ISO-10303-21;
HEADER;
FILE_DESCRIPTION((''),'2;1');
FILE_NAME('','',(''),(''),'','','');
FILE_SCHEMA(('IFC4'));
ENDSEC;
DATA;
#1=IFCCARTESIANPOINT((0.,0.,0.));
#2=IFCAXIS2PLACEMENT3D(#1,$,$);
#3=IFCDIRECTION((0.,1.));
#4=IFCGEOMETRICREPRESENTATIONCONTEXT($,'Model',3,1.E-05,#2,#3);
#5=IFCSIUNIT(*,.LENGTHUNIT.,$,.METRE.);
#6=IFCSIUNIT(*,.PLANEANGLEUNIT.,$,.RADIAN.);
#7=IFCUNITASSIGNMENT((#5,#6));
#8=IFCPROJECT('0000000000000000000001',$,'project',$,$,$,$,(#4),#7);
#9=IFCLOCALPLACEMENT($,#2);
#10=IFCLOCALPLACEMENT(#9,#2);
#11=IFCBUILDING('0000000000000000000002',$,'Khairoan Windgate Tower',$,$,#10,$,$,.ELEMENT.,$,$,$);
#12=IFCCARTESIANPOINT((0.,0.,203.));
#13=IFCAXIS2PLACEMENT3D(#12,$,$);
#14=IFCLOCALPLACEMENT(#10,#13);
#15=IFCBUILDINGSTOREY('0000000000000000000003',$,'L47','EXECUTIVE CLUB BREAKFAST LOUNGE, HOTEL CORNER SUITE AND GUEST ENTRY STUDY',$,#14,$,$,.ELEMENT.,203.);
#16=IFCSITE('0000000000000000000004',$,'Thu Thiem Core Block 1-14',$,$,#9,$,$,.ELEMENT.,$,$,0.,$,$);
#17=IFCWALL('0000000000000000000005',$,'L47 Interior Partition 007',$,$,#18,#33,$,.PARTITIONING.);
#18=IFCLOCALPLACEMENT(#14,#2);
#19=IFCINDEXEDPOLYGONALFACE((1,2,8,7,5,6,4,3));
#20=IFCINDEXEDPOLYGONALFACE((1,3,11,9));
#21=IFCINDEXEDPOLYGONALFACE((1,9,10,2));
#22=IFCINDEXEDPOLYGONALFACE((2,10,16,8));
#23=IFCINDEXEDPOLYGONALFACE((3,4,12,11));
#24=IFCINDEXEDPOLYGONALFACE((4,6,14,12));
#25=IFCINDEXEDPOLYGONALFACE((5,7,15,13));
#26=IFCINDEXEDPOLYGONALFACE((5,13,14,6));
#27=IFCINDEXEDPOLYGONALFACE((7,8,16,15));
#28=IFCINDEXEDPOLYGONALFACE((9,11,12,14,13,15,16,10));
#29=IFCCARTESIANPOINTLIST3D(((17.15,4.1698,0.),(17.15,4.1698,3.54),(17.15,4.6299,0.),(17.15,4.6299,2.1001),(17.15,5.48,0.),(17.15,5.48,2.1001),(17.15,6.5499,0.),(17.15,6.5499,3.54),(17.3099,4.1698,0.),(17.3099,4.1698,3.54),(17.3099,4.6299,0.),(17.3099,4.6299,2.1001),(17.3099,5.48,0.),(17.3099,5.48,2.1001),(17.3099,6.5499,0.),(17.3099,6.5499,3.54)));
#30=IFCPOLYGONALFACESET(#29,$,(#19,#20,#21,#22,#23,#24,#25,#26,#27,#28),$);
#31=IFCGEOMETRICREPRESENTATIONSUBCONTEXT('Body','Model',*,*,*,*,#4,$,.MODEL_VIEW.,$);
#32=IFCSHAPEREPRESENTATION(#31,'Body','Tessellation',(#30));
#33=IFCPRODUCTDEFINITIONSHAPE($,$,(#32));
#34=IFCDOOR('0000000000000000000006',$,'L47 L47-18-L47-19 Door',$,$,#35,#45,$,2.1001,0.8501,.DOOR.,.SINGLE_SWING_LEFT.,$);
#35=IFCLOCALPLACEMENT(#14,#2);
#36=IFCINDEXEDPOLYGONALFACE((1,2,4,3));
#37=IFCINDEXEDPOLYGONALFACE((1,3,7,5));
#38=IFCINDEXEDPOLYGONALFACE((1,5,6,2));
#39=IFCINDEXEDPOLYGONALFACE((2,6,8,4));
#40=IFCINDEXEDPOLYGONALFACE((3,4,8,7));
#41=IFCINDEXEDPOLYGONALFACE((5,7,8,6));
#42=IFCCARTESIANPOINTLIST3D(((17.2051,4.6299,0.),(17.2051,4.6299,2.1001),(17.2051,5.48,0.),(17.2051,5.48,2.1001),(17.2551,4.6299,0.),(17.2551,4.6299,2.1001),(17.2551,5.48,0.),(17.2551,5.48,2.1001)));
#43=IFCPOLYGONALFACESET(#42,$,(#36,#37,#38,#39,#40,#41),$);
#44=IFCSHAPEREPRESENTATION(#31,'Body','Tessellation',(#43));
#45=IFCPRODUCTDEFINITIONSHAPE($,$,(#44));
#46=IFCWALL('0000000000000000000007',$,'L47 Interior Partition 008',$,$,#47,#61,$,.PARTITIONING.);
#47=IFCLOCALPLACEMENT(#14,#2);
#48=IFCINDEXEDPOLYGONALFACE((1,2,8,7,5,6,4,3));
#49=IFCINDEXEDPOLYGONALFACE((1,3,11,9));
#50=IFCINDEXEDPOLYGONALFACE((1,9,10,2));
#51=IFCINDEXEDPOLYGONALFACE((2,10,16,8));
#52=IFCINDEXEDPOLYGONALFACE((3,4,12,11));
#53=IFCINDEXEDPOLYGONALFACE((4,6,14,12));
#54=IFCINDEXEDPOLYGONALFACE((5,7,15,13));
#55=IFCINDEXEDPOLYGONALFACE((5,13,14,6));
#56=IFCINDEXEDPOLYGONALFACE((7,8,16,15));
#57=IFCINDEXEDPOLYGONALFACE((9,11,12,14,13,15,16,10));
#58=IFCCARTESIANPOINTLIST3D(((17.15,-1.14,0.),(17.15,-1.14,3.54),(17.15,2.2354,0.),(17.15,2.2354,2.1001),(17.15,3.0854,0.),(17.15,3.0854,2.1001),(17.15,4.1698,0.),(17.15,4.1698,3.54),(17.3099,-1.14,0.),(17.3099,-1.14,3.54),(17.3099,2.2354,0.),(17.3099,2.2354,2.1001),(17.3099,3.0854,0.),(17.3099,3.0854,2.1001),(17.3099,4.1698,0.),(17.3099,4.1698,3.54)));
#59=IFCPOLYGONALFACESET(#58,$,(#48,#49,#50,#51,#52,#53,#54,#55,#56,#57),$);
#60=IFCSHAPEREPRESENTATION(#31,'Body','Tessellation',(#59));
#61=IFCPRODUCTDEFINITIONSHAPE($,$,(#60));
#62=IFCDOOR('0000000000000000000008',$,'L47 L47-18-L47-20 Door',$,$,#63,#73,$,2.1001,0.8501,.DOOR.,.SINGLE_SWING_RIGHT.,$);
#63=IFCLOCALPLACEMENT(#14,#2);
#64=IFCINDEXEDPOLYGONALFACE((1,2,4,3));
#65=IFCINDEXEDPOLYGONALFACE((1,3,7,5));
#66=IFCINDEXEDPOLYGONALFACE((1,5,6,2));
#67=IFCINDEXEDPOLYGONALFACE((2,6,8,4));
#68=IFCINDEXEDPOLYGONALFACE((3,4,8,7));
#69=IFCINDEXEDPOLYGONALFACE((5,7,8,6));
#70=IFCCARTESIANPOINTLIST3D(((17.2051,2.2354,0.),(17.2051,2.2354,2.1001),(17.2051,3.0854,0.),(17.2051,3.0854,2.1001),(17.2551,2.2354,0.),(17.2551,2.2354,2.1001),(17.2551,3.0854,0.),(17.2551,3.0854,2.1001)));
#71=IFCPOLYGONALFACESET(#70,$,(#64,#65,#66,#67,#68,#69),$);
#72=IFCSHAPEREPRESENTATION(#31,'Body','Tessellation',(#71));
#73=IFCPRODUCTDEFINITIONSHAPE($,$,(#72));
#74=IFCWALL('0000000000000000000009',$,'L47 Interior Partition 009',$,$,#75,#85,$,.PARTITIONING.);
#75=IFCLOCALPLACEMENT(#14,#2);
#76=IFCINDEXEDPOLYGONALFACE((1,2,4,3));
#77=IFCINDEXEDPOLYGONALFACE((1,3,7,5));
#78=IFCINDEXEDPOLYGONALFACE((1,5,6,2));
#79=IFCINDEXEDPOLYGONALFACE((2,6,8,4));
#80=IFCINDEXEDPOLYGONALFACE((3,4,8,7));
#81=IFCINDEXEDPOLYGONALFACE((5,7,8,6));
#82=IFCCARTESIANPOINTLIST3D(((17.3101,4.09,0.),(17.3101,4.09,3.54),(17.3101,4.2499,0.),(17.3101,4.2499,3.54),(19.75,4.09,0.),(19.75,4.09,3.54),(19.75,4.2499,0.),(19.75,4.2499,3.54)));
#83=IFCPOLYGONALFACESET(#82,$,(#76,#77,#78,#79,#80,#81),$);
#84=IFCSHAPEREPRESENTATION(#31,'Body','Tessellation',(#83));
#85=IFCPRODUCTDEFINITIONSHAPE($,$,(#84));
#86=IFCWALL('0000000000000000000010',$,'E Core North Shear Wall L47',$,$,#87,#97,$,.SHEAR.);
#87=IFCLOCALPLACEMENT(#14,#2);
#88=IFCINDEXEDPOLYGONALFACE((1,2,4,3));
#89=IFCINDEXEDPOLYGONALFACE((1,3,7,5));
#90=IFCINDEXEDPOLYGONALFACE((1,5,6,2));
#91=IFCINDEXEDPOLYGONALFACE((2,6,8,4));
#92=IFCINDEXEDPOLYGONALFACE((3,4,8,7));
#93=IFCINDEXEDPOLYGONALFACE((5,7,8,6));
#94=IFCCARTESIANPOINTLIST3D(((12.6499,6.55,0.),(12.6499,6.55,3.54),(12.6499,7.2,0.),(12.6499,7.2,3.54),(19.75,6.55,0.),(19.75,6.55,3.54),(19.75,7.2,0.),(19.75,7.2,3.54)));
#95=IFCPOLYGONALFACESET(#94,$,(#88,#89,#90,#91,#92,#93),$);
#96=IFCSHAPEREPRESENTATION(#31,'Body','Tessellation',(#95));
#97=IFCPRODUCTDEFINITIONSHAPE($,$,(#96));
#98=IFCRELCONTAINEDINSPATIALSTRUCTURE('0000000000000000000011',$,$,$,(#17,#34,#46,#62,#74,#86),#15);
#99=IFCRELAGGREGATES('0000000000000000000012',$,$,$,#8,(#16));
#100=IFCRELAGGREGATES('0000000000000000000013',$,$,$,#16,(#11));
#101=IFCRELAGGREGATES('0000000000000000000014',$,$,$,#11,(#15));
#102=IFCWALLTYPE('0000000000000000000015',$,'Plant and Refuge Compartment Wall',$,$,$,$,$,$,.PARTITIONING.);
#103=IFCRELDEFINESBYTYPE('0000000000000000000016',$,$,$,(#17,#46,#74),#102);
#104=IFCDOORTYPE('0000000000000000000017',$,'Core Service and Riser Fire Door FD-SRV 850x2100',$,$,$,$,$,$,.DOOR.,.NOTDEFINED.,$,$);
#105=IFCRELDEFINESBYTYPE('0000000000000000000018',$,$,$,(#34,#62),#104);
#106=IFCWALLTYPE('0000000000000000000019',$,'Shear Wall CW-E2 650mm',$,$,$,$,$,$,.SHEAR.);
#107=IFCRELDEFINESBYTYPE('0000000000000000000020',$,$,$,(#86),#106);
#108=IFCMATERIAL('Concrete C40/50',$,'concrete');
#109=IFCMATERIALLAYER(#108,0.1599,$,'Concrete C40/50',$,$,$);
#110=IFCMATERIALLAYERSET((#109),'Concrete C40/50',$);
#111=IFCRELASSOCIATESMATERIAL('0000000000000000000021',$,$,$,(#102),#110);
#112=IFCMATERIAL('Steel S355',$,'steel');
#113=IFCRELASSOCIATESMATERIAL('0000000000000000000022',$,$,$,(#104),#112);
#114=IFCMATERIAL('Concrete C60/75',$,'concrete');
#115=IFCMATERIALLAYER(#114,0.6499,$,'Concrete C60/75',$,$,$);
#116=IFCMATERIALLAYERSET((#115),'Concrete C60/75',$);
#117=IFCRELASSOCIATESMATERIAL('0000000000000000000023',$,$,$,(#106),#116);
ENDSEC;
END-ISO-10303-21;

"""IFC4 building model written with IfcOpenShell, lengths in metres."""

from ifc_helpers import new_model, si_unit, direction, frame, frame_2d, origin, place, context, subcontext, project, spatial, rectangle, extrude, material, layer, layer_set, type_object, element, fill, save


model = new_model("IFC4")

# Units and contexts
model_context = context("Model", 3, precision=1e-05, world=origin(), true_north=direction((0.0, 1.0)))
body_context = subcontext(model_context, "Body", "Model", "MODEL_VIEW")
ifc_project = project(units=[si_unit("LENGTHUNIT", "METRE"), si_unit("PLANEANGLEUNIT", "RADIAN")], contexts=[model_context])

# Site, building, storey
site_placement = place(None, origin())
site = spatial("IfcSite", under=ifc_project, at=site_placement, Name="Thu Thiem Core Block 1-14", CompositionType="ELEMENT", RefElevation=0.0)
building_placement = place(site_placement, origin())
building = spatial("IfcBuilding", under=site, at=building_placement, Name="Khairoan Windgate Tower", CompositionType="ELEMENT")
storey_placement = place(building_placement, frame((0.0, 0.0, 203.0)))
storey = spatial("IfcBuildingStorey", under=building, at=storey_placement, Name="L47", Description="EXECUTIVE CLUB BREAKFAST LOUNGE, HOTEL CORNER SUITE AND GUEST ENTRY STUDY", CompositionType="ELEMENT", Elevation=203.0)

# Walls, openings, doors
ifc_material_1 = material(Name="Concrete C40/50", Category="concrete")
ifc_layer_1 = layer(ifc_material_1, 0.1599, Name="Concrete C40/50")
ifc_layer_set_1 = layer_set([ifc_layer_1], Name="Concrete C40/50")
wall_type_1 = type_object("IfcWallType", Name="Plant and Refuge Compartment Wall", PredefinedType="PARTITIONING", material=ifc_layer_set_1)
wall_1_placement = place(storey_placement, frame((17.23, 4.1699, 0.0), z_axis=(0.0, 0.0, 1.0), x_axis=(0.0, 1.0, 0.0)))
wall_1 = element("IfcWall", 1, at=wall_1_placement, inside=storey, type_object=wall_type_1, Name="L47 Interior Partition 007", PredefinedType="PARTITIONING", context=body_context, shape_type="SweptSolid", body=[
    extrude(rectangle(XDim=2.3801, YDim=0.1599, at=frame_2d((1.1899, 0.0))), origin(), (0.0, 0.0, 1.0), 3.54),
])
opening_1_placement = place(wall_1_placement, frame((0.46, 0.0, 0.0)))
opening_1 = element("IfcOpeningElement", 2, at=opening_1_placement, cuts=wall_1, PredefinedType="OPENING", context=body_context, shape_type="SweptSolid", body=[
    extrude(rectangle(XDim=0.8501, YDim=2.1001, at=frame_2d((0.425, 1.05))), frame((0.0, 0.0898, 0.0), z_axis=(0.0, -1.0, 0.0), x_axis=(1.0, 0.0, 0.0)), (0.0, 0.0, 1.0), 0.1799),
])
ifc_material_2 = material(Name="Steel S355", Category="steel")
door_type = type_object("IfcDoorType", Name="Core Service and Riser Fire Door FD-SRV 850x2100", OperationType="NOTDEFINED", PredefinedType="DOOR", material=ifc_material_2)
door_1_placement = place(opening_1_placement, origin())
door_1 = element("IfcDoor", 3, at=door_1_placement, inside=storey, type_object=door_type, Name="L47 L47-18-L47-19 Door", OperationType="SINGLE_SWING_LEFT", OverallHeight=2.1001, OverallWidth=0.8501, PredefinedType="DOOR", context=body_context, shape_type="SweptSolid", body=[
    extrude(rectangle(XDim=0.8501, YDim=2.1001, at=frame_2d((0.425, 1.05))), frame((0.0, 0.0249, 0.0), z_axis=(0.0, -1.0, 0.0), x_axis=(1.0, 0.0, 0.0)), (0.0, 0.0, 1.0), 0.05),
])
fill(opening_1, door_1)
wall_2_placement = place(storey_placement, frame((17.23, -1.1399, 0.0), z_axis=(0.0, 0.0, 1.0), x_axis=(0.0, 1.0, 0.0)))
wall_2 = element("IfcWall", 4, at=wall_2_placement, inside=storey, type_object=wall_type_1, Name="L47 Interior Partition 008", PredefinedType="PARTITIONING", context=body_context, shape_type="SweptSolid", body=[
    extrude(rectangle(XDim=5.3098, YDim=0.1599, at=frame_2d((2.6548, 0.0))), origin(), (0.0, 0.0, 1.0), 3.54),
])
opening_2_placement = place(wall_2_placement, frame((3.3752, 0.0, 0.0)))
opening_2 = element("IfcOpeningElement", 5, at=opening_2_placement, cuts=wall_2, PredefinedType="OPENING", context=body_context, shape_type="SweptSolid", body=[
    extrude(rectangle(XDim=0.8501, YDim=2.1001, at=frame_2d((0.425, 1.05))), frame((0.0, 0.0898, 0.0), z_axis=(0.0, -1.0, 0.0), x_axis=(1.0, 0.0, 0.0)), (0.0, 0.0, 1.0), 0.1799),
])
door_2_placement = place(opening_2_placement, origin())
door_2 = element("IfcDoor", 6, at=door_2_placement, inside=storey, type_object=door_type, Name="L47 L47-18-L47-20 Door", OperationType="SINGLE_SWING_RIGHT", OverallHeight=2.1001, OverallWidth=0.8501, PredefinedType="DOOR", context=body_context, shape_type="SweptSolid", body=[
    extrude(rectangle(XDim=0.8501, YDim=2.1001, at=frame_2d((0.425, 1.05))), frame((0.0, 0.0249, 0.0), z_axis=(0.0, -1.0, 0.0), x_axis=(1.0, 0.0, 0.0)), (0.0, 0.0, 1.0), 0.05),
])
fill(opening_2, door_2)

# Walls
wall_3_placement = place(storey_placement, frame((17.3101, 4.1699, 0.0), z_axis=(0.0, 0.0, 1.0), x_axis=(1.0, 0.0, 0.0)))
element("IfcWall", 7, at=wall_3_placement, inside=storey, type_object=wall_type_1, Name="L47 Interior Partition 009", PredefinedType="PARTITIONING", context=body_context, shape_type="SweptSolid", body=[
    extrude(rectangle(XDim=2.4399, YDim=0.1599, at=frame_2d((1.22, 0.0))), origin(), (0.0, 0.0, 1.0), 3.54),
])
ifc_material_3 = material(Name="Concrete C60/75", Category="concrete")
ifc_layer_2 = layer(ifc_material_3, 0.6499, Name="Concrete C60/75")
ifc_layer_set_2 = layer_set([ifc_layer_2], Name="Concrete C60/75")
wall_type_2 = type_object("IfcWallType", Name="Shear Wall CW-E2 650mm", PredefinedType="SHEAR", material=ifc_layer_set_2)
wall_4_placement = place(storey_placement, frame((12.6499, 6.875, 0.0), z_axis=(0.0, 0.0, 1.0), x_axis=(1.0, 0.0, 0.0)))
element("IfcWall", 8, at=wall_4_placement, inside=storey, type_object=wall_type_2, Name="E Core North Shear Wall L47", PredefinedType="SHEAR", context=body_context, shape_type="SweptSolid", body=[
    extrude(rectangle(XDim=7.1001, YDim=0.6499, at=frame_2d((3.55, 0.0))), origin(), (0.0, 0.0, 1.0), 3.54),
])

save(model, "model.ifc")
